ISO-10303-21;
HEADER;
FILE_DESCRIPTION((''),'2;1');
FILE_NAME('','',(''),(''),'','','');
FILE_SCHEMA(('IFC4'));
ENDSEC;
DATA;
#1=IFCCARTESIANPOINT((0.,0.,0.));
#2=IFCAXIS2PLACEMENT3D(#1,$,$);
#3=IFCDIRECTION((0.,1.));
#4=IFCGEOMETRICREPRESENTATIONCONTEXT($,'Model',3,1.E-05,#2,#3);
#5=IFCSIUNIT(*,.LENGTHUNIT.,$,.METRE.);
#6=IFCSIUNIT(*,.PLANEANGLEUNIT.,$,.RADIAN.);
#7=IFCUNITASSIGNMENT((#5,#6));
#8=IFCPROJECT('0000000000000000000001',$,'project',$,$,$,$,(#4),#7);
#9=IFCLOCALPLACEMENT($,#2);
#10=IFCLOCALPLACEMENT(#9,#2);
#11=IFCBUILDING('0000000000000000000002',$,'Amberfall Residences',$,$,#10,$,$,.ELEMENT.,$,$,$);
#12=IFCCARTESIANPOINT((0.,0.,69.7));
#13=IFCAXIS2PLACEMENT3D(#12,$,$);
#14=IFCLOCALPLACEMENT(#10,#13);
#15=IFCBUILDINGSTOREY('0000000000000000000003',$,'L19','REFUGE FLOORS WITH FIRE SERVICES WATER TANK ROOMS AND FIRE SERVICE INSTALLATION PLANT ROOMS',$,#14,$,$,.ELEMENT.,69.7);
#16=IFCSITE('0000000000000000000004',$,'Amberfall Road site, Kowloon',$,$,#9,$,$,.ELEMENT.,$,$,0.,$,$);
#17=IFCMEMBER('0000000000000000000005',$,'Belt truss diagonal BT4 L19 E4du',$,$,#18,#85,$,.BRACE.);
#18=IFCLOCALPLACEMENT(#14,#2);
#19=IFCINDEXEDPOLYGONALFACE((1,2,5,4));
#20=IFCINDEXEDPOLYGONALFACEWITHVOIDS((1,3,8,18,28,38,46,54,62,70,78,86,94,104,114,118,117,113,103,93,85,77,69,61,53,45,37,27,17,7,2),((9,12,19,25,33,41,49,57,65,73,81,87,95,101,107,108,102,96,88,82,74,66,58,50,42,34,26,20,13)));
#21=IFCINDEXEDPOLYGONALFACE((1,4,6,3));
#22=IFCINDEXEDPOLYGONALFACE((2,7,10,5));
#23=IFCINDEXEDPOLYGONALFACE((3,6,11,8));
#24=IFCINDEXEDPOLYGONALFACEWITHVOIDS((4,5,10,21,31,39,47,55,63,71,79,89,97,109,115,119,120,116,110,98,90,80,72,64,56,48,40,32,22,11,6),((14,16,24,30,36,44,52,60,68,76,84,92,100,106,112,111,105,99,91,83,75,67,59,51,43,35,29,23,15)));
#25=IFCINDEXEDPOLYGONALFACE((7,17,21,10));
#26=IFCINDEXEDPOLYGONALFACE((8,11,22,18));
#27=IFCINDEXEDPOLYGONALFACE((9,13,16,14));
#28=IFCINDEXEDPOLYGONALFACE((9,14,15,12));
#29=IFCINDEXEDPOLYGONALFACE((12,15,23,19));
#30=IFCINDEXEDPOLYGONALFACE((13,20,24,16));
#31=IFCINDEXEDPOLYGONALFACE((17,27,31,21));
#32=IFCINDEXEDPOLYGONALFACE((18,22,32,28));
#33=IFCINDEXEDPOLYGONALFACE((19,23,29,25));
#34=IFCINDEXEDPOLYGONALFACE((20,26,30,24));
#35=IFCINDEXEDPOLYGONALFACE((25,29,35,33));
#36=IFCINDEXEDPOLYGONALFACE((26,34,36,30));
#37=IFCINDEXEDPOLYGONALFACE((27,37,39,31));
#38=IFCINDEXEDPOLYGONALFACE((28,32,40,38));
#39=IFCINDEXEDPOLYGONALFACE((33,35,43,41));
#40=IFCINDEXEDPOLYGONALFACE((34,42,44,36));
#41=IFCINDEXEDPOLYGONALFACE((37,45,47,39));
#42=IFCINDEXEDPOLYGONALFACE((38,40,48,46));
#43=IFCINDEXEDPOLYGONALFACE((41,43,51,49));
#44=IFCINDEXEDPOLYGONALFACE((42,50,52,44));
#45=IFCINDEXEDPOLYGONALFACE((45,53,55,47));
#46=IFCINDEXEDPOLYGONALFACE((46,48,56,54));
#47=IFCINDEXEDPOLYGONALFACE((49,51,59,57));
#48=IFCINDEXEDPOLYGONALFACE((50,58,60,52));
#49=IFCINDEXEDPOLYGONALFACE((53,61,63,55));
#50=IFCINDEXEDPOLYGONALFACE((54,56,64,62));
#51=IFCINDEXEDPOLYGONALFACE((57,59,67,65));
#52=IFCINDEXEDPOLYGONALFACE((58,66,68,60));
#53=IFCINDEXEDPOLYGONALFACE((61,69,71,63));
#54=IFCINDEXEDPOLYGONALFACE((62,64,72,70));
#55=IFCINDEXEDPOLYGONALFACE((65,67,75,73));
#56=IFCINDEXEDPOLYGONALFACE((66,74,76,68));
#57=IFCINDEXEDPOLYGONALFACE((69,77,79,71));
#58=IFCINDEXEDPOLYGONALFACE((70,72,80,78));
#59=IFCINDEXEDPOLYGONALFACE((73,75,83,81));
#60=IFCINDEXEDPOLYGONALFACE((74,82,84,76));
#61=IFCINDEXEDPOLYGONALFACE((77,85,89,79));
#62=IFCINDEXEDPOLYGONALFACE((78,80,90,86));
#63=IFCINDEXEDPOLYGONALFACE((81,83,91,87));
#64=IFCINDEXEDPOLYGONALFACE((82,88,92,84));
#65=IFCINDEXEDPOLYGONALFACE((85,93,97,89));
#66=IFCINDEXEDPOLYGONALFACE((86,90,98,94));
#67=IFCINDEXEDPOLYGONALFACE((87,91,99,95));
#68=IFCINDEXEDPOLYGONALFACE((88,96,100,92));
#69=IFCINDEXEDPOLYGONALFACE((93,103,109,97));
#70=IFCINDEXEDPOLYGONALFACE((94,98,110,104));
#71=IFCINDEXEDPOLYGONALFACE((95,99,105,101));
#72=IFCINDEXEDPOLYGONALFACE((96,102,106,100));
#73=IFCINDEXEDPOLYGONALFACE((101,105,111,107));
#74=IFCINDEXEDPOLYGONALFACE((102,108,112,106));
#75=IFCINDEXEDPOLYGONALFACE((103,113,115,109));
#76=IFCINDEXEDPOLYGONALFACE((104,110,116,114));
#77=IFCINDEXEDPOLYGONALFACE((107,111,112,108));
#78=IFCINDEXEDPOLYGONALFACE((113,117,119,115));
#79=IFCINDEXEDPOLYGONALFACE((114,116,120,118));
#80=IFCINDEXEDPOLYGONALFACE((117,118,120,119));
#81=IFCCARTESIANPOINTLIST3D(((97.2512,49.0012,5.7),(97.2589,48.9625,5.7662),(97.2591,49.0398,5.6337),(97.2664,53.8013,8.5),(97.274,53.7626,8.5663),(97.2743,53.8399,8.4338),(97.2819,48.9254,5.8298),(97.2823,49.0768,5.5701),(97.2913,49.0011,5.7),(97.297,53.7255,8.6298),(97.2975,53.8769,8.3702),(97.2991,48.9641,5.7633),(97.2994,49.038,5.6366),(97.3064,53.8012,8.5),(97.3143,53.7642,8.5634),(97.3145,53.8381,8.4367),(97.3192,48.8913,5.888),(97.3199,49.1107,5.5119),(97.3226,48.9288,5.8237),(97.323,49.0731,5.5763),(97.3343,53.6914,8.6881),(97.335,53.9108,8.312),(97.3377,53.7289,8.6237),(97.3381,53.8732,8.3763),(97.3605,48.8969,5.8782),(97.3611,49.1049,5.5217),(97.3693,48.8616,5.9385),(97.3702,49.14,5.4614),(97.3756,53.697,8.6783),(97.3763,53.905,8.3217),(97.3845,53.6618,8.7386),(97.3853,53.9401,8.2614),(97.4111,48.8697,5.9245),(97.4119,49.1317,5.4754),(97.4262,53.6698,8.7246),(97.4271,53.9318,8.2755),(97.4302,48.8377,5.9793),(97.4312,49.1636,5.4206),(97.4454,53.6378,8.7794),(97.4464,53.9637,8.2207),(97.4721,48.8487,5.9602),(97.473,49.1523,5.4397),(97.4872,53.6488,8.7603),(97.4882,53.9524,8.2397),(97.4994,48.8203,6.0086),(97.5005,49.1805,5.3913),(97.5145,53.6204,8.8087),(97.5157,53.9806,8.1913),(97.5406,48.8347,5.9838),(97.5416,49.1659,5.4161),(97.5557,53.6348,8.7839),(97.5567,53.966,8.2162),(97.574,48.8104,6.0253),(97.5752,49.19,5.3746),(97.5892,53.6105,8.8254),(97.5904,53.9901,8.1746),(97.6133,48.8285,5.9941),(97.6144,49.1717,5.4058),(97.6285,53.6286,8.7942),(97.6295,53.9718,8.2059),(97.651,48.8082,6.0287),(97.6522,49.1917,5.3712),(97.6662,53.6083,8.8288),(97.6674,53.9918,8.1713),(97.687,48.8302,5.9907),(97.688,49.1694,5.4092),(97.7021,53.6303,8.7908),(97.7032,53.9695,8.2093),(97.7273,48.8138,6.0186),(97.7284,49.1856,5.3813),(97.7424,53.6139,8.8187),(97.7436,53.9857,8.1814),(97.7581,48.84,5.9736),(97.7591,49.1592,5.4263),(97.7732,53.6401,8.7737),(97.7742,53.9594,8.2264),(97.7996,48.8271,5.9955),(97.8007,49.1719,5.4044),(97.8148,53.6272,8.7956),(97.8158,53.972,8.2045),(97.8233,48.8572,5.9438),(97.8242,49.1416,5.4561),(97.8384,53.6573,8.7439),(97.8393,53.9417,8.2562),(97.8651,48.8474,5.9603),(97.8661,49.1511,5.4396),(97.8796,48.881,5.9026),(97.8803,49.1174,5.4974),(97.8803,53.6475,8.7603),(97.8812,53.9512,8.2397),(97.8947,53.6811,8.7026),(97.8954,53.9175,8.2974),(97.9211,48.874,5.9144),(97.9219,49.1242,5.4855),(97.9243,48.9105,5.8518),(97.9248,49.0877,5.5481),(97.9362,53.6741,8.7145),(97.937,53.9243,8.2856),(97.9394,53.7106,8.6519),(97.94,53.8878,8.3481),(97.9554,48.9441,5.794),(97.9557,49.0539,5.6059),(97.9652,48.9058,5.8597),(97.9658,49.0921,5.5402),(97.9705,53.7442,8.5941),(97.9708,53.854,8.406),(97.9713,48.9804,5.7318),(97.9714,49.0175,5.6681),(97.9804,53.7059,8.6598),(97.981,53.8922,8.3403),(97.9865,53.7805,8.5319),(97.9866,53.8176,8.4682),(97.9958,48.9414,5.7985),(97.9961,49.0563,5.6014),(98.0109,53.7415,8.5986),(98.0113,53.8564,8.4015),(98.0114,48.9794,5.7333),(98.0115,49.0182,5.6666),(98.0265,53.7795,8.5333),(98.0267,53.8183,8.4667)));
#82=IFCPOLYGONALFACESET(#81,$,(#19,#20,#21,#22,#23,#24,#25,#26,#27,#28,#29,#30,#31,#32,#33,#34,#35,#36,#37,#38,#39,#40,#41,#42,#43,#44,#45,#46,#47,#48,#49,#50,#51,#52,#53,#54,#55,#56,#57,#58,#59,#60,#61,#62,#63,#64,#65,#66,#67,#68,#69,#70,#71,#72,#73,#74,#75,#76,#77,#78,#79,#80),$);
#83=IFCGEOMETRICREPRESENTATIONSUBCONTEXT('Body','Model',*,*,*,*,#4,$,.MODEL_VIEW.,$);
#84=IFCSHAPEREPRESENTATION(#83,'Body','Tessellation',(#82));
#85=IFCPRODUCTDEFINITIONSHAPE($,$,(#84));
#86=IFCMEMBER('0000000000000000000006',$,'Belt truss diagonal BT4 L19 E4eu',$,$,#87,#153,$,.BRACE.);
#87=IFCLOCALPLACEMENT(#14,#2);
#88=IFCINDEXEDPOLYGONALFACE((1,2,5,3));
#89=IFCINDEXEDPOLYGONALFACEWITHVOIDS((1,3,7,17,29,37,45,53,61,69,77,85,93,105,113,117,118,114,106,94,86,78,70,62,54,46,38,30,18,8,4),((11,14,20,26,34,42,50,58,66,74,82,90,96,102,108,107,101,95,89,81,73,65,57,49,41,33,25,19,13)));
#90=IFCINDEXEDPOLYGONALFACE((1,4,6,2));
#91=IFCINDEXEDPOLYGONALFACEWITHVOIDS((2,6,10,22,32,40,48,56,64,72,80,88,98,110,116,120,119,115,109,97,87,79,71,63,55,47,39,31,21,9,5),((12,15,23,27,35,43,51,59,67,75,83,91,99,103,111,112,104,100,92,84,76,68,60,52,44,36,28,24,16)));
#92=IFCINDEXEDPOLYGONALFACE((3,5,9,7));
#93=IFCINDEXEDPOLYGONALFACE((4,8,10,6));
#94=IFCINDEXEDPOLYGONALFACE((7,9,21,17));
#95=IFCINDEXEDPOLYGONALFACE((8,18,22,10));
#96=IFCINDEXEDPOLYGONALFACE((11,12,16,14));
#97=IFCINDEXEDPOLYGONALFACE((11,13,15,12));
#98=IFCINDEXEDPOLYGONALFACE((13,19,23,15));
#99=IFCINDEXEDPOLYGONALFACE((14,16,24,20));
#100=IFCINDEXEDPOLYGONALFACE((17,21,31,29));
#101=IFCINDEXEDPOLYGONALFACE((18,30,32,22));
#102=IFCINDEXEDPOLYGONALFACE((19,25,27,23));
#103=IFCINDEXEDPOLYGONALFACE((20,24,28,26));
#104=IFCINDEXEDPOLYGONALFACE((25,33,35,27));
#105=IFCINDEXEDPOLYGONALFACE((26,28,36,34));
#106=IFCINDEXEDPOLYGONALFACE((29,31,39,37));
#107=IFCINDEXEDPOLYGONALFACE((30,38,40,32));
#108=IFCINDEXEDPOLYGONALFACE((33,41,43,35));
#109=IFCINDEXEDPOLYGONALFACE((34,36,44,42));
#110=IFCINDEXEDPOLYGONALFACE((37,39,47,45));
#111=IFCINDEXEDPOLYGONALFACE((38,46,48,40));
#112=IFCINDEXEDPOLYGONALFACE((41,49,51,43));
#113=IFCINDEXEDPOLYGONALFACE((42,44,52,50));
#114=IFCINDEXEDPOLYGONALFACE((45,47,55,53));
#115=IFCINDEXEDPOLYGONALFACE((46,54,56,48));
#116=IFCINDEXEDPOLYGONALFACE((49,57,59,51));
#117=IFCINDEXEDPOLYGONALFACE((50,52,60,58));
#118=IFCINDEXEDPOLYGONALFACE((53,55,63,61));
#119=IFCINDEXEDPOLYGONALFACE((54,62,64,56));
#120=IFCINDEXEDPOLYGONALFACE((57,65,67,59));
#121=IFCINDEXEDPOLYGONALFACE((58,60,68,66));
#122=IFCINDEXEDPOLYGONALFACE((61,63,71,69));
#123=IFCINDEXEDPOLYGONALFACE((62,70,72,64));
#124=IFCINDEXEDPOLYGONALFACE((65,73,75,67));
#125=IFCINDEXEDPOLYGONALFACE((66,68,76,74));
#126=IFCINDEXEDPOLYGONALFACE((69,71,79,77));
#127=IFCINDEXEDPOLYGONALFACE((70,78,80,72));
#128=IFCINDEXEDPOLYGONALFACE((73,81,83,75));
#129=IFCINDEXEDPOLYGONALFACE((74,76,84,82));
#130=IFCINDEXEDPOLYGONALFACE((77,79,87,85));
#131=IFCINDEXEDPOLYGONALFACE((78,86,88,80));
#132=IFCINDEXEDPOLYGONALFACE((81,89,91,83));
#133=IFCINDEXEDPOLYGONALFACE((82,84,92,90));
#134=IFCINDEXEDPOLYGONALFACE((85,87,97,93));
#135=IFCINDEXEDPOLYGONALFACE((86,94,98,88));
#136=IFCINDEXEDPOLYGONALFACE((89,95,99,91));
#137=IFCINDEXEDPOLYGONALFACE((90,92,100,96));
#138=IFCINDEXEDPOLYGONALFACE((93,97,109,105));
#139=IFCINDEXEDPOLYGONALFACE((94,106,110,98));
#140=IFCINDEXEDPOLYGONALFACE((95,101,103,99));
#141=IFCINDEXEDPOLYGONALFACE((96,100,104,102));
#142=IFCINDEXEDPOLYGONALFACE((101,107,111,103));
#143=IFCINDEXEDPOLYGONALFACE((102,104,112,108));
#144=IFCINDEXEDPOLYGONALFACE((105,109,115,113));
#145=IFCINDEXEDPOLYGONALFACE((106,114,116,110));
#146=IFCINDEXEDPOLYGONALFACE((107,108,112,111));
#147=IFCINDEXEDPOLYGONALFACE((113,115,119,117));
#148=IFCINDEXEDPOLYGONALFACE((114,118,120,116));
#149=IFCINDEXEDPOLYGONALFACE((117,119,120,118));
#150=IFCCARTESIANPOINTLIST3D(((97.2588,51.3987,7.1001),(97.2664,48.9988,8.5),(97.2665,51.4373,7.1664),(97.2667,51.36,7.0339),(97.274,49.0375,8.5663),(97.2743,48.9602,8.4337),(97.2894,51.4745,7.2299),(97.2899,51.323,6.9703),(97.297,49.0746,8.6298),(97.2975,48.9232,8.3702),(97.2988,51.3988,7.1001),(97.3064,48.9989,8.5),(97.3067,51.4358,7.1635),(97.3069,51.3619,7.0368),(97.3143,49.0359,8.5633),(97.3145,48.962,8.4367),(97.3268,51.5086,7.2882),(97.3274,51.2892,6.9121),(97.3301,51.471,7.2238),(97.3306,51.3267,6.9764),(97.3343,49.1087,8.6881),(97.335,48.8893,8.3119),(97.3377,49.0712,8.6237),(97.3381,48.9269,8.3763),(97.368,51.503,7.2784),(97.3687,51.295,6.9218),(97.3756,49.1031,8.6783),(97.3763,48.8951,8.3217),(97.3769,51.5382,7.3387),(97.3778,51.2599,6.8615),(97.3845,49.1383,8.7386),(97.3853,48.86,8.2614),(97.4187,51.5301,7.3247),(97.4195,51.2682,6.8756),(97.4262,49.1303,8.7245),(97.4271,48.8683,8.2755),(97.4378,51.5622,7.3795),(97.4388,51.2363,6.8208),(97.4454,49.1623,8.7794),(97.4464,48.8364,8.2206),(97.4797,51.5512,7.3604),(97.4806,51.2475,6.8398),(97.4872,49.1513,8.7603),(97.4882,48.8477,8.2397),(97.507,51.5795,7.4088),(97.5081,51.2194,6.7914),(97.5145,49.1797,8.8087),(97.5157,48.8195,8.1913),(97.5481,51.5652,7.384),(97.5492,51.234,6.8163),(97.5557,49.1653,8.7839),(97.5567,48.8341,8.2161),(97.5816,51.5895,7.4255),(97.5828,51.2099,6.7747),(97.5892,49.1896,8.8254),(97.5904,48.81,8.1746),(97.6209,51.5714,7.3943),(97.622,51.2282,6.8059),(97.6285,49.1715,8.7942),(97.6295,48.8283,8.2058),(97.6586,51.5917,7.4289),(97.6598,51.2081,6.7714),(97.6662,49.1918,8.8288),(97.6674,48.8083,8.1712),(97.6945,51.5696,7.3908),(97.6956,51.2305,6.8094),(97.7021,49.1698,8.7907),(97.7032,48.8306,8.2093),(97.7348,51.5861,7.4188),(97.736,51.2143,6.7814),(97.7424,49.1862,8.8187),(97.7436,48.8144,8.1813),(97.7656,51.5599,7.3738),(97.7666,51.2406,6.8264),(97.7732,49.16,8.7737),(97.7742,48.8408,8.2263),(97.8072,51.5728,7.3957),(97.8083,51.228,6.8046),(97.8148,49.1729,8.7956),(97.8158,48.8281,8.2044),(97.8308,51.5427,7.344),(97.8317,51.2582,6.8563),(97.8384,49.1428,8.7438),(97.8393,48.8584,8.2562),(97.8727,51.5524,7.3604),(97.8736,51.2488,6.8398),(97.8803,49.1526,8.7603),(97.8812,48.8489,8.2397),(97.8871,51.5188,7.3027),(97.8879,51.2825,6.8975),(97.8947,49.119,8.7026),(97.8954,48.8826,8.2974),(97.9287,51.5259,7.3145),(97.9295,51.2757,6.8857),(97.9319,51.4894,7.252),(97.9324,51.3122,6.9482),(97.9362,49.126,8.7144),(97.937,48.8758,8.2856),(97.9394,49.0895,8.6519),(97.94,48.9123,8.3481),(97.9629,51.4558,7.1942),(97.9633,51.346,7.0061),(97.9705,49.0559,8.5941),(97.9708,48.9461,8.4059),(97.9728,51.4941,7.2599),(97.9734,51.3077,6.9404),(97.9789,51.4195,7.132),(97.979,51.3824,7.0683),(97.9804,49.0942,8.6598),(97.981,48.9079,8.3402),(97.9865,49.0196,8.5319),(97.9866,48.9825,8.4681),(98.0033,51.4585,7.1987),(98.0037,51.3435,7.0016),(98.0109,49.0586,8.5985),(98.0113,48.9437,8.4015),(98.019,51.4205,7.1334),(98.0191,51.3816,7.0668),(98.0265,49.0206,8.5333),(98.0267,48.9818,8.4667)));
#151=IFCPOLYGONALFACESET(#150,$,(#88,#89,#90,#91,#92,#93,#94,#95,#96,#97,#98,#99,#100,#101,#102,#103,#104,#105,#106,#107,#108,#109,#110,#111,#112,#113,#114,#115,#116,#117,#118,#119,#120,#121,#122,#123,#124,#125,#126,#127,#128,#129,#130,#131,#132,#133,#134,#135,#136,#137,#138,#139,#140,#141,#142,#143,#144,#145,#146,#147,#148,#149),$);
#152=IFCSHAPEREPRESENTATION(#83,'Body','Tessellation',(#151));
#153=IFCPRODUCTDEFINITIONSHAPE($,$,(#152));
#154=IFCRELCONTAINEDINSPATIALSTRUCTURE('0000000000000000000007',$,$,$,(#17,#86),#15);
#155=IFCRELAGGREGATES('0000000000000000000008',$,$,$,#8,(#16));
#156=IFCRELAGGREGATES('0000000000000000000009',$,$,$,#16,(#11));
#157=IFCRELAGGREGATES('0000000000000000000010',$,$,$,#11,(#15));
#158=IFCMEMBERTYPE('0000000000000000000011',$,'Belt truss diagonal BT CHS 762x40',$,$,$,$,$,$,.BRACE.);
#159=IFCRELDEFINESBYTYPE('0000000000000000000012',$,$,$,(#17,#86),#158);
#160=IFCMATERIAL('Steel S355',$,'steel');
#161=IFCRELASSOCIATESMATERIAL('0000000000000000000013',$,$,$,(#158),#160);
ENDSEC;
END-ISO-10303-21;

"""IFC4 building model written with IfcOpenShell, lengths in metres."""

from ifc_helpers import new_model, si_unit, direction, frame, origin, origin_2d, place, context, subcontext, project, spatial, hollow_circle, extrude, material, material_profile, profile_set, type_object, element, save


model = new_model("IFC4")

# Units and contexts
model_context = context("Model", 3, precision=1e-05, world=origin(), true_north=direction((0.0, 1.0)))
body_context = subcontext(model_context, "Body", "Model", "MODEL_VIEW")
ifc_project = project(units=[si_unit("LENGTHUNIT", "METRE"), si_unit("PLANEANGLEUNIT", "RADIAN")], contexts=[model_context])

# Site, building, storey
site_placement = place(None, origin())
site = spatial("IfcSite", under=ifc_project, at=site_placement, Name="Amberfall Road site, Kowloon", CompositionType="ELEMENT", RefElevation=0.0)
building_placement = place(site_placement, origin())
building = spatial("IfcBuilding", under=site, at=building_placement, Name="Amberfall Residences", CompositionType="ELEMENT")
storey_placement = place(building_placement, frame((0.0, 0.0, 69.7)))
storey = spatial("IfcBuildingStorey", under=building, at=storey_placement, Name="L19", Description="REFUGE FLOORS WITH FIRE SERVICES WATER TANK ROOMS AND FIRE SERVICE INSTALLATION PLANT ROOMS", CompositionType="ELEMENT", Elevation=69.7)

# Shared definitions
ifc_material_1 = material(Name="Steel S355", Category="steel")

# Members
ifc_material_profile_1 = material_profile(ifc_material_1, hollow_circle(Radius=0.3811, WallThickness=0.04, at=origin_2d()), Name="CHS 762x40")
ifc_profile_set_1 = profile_set([ifc_material_profile_1], Name="Steel S355")
member_type = type_object("IfcMemberType", Name="Belt truss diagonal BT CHS 762x40", PredefinedType="BRACE", material=ifc_profile_set_1)
member_1_placement = place(storey_placement, frame((97.6323, 49.0, 5.7), z_axis=(0.002724, 0.863774, 0.503872), x_axis=(-0.999995, 0.003153, 0.0)))
element("IfcMember", 1, at=member_1_placement, inside=storey, type_object=member_type, Name="Belt truss diagonal BT4 L19 E4du", PredefinedType="BRACE", context=body_context, shape_type="SweptSolid", body=[
    extrude(hollow_circle(Radius=0.3811, WallThickness=0.04, at=origin_2d()), origin(), (0.0, 0.0, 1.0), 5.5571),
])
member_2_placement = place(storey_placement, frame((97.6475, 49.0, 8.5), z_axis=(-0.002724, 0.863782, -0.503858), x_axis=(-0.999995, -0.003154, 0.0)))
element("IfcMember", 2, at=member_2_placement, inside=storey, type_object=member_type, Name="Belt truss diagonal BT4 L19 E4eu", PredefinedType="BRACE", context=body_context, shape_type="SweptSolid", body=[
    extrude(hollow_circle(Radius=0.3811, WallThickness=0.04, at=origin_2d()), origin(), (0.0, 0.0, 1.0), 2.7783),
])

save(model, "model.ifc")
